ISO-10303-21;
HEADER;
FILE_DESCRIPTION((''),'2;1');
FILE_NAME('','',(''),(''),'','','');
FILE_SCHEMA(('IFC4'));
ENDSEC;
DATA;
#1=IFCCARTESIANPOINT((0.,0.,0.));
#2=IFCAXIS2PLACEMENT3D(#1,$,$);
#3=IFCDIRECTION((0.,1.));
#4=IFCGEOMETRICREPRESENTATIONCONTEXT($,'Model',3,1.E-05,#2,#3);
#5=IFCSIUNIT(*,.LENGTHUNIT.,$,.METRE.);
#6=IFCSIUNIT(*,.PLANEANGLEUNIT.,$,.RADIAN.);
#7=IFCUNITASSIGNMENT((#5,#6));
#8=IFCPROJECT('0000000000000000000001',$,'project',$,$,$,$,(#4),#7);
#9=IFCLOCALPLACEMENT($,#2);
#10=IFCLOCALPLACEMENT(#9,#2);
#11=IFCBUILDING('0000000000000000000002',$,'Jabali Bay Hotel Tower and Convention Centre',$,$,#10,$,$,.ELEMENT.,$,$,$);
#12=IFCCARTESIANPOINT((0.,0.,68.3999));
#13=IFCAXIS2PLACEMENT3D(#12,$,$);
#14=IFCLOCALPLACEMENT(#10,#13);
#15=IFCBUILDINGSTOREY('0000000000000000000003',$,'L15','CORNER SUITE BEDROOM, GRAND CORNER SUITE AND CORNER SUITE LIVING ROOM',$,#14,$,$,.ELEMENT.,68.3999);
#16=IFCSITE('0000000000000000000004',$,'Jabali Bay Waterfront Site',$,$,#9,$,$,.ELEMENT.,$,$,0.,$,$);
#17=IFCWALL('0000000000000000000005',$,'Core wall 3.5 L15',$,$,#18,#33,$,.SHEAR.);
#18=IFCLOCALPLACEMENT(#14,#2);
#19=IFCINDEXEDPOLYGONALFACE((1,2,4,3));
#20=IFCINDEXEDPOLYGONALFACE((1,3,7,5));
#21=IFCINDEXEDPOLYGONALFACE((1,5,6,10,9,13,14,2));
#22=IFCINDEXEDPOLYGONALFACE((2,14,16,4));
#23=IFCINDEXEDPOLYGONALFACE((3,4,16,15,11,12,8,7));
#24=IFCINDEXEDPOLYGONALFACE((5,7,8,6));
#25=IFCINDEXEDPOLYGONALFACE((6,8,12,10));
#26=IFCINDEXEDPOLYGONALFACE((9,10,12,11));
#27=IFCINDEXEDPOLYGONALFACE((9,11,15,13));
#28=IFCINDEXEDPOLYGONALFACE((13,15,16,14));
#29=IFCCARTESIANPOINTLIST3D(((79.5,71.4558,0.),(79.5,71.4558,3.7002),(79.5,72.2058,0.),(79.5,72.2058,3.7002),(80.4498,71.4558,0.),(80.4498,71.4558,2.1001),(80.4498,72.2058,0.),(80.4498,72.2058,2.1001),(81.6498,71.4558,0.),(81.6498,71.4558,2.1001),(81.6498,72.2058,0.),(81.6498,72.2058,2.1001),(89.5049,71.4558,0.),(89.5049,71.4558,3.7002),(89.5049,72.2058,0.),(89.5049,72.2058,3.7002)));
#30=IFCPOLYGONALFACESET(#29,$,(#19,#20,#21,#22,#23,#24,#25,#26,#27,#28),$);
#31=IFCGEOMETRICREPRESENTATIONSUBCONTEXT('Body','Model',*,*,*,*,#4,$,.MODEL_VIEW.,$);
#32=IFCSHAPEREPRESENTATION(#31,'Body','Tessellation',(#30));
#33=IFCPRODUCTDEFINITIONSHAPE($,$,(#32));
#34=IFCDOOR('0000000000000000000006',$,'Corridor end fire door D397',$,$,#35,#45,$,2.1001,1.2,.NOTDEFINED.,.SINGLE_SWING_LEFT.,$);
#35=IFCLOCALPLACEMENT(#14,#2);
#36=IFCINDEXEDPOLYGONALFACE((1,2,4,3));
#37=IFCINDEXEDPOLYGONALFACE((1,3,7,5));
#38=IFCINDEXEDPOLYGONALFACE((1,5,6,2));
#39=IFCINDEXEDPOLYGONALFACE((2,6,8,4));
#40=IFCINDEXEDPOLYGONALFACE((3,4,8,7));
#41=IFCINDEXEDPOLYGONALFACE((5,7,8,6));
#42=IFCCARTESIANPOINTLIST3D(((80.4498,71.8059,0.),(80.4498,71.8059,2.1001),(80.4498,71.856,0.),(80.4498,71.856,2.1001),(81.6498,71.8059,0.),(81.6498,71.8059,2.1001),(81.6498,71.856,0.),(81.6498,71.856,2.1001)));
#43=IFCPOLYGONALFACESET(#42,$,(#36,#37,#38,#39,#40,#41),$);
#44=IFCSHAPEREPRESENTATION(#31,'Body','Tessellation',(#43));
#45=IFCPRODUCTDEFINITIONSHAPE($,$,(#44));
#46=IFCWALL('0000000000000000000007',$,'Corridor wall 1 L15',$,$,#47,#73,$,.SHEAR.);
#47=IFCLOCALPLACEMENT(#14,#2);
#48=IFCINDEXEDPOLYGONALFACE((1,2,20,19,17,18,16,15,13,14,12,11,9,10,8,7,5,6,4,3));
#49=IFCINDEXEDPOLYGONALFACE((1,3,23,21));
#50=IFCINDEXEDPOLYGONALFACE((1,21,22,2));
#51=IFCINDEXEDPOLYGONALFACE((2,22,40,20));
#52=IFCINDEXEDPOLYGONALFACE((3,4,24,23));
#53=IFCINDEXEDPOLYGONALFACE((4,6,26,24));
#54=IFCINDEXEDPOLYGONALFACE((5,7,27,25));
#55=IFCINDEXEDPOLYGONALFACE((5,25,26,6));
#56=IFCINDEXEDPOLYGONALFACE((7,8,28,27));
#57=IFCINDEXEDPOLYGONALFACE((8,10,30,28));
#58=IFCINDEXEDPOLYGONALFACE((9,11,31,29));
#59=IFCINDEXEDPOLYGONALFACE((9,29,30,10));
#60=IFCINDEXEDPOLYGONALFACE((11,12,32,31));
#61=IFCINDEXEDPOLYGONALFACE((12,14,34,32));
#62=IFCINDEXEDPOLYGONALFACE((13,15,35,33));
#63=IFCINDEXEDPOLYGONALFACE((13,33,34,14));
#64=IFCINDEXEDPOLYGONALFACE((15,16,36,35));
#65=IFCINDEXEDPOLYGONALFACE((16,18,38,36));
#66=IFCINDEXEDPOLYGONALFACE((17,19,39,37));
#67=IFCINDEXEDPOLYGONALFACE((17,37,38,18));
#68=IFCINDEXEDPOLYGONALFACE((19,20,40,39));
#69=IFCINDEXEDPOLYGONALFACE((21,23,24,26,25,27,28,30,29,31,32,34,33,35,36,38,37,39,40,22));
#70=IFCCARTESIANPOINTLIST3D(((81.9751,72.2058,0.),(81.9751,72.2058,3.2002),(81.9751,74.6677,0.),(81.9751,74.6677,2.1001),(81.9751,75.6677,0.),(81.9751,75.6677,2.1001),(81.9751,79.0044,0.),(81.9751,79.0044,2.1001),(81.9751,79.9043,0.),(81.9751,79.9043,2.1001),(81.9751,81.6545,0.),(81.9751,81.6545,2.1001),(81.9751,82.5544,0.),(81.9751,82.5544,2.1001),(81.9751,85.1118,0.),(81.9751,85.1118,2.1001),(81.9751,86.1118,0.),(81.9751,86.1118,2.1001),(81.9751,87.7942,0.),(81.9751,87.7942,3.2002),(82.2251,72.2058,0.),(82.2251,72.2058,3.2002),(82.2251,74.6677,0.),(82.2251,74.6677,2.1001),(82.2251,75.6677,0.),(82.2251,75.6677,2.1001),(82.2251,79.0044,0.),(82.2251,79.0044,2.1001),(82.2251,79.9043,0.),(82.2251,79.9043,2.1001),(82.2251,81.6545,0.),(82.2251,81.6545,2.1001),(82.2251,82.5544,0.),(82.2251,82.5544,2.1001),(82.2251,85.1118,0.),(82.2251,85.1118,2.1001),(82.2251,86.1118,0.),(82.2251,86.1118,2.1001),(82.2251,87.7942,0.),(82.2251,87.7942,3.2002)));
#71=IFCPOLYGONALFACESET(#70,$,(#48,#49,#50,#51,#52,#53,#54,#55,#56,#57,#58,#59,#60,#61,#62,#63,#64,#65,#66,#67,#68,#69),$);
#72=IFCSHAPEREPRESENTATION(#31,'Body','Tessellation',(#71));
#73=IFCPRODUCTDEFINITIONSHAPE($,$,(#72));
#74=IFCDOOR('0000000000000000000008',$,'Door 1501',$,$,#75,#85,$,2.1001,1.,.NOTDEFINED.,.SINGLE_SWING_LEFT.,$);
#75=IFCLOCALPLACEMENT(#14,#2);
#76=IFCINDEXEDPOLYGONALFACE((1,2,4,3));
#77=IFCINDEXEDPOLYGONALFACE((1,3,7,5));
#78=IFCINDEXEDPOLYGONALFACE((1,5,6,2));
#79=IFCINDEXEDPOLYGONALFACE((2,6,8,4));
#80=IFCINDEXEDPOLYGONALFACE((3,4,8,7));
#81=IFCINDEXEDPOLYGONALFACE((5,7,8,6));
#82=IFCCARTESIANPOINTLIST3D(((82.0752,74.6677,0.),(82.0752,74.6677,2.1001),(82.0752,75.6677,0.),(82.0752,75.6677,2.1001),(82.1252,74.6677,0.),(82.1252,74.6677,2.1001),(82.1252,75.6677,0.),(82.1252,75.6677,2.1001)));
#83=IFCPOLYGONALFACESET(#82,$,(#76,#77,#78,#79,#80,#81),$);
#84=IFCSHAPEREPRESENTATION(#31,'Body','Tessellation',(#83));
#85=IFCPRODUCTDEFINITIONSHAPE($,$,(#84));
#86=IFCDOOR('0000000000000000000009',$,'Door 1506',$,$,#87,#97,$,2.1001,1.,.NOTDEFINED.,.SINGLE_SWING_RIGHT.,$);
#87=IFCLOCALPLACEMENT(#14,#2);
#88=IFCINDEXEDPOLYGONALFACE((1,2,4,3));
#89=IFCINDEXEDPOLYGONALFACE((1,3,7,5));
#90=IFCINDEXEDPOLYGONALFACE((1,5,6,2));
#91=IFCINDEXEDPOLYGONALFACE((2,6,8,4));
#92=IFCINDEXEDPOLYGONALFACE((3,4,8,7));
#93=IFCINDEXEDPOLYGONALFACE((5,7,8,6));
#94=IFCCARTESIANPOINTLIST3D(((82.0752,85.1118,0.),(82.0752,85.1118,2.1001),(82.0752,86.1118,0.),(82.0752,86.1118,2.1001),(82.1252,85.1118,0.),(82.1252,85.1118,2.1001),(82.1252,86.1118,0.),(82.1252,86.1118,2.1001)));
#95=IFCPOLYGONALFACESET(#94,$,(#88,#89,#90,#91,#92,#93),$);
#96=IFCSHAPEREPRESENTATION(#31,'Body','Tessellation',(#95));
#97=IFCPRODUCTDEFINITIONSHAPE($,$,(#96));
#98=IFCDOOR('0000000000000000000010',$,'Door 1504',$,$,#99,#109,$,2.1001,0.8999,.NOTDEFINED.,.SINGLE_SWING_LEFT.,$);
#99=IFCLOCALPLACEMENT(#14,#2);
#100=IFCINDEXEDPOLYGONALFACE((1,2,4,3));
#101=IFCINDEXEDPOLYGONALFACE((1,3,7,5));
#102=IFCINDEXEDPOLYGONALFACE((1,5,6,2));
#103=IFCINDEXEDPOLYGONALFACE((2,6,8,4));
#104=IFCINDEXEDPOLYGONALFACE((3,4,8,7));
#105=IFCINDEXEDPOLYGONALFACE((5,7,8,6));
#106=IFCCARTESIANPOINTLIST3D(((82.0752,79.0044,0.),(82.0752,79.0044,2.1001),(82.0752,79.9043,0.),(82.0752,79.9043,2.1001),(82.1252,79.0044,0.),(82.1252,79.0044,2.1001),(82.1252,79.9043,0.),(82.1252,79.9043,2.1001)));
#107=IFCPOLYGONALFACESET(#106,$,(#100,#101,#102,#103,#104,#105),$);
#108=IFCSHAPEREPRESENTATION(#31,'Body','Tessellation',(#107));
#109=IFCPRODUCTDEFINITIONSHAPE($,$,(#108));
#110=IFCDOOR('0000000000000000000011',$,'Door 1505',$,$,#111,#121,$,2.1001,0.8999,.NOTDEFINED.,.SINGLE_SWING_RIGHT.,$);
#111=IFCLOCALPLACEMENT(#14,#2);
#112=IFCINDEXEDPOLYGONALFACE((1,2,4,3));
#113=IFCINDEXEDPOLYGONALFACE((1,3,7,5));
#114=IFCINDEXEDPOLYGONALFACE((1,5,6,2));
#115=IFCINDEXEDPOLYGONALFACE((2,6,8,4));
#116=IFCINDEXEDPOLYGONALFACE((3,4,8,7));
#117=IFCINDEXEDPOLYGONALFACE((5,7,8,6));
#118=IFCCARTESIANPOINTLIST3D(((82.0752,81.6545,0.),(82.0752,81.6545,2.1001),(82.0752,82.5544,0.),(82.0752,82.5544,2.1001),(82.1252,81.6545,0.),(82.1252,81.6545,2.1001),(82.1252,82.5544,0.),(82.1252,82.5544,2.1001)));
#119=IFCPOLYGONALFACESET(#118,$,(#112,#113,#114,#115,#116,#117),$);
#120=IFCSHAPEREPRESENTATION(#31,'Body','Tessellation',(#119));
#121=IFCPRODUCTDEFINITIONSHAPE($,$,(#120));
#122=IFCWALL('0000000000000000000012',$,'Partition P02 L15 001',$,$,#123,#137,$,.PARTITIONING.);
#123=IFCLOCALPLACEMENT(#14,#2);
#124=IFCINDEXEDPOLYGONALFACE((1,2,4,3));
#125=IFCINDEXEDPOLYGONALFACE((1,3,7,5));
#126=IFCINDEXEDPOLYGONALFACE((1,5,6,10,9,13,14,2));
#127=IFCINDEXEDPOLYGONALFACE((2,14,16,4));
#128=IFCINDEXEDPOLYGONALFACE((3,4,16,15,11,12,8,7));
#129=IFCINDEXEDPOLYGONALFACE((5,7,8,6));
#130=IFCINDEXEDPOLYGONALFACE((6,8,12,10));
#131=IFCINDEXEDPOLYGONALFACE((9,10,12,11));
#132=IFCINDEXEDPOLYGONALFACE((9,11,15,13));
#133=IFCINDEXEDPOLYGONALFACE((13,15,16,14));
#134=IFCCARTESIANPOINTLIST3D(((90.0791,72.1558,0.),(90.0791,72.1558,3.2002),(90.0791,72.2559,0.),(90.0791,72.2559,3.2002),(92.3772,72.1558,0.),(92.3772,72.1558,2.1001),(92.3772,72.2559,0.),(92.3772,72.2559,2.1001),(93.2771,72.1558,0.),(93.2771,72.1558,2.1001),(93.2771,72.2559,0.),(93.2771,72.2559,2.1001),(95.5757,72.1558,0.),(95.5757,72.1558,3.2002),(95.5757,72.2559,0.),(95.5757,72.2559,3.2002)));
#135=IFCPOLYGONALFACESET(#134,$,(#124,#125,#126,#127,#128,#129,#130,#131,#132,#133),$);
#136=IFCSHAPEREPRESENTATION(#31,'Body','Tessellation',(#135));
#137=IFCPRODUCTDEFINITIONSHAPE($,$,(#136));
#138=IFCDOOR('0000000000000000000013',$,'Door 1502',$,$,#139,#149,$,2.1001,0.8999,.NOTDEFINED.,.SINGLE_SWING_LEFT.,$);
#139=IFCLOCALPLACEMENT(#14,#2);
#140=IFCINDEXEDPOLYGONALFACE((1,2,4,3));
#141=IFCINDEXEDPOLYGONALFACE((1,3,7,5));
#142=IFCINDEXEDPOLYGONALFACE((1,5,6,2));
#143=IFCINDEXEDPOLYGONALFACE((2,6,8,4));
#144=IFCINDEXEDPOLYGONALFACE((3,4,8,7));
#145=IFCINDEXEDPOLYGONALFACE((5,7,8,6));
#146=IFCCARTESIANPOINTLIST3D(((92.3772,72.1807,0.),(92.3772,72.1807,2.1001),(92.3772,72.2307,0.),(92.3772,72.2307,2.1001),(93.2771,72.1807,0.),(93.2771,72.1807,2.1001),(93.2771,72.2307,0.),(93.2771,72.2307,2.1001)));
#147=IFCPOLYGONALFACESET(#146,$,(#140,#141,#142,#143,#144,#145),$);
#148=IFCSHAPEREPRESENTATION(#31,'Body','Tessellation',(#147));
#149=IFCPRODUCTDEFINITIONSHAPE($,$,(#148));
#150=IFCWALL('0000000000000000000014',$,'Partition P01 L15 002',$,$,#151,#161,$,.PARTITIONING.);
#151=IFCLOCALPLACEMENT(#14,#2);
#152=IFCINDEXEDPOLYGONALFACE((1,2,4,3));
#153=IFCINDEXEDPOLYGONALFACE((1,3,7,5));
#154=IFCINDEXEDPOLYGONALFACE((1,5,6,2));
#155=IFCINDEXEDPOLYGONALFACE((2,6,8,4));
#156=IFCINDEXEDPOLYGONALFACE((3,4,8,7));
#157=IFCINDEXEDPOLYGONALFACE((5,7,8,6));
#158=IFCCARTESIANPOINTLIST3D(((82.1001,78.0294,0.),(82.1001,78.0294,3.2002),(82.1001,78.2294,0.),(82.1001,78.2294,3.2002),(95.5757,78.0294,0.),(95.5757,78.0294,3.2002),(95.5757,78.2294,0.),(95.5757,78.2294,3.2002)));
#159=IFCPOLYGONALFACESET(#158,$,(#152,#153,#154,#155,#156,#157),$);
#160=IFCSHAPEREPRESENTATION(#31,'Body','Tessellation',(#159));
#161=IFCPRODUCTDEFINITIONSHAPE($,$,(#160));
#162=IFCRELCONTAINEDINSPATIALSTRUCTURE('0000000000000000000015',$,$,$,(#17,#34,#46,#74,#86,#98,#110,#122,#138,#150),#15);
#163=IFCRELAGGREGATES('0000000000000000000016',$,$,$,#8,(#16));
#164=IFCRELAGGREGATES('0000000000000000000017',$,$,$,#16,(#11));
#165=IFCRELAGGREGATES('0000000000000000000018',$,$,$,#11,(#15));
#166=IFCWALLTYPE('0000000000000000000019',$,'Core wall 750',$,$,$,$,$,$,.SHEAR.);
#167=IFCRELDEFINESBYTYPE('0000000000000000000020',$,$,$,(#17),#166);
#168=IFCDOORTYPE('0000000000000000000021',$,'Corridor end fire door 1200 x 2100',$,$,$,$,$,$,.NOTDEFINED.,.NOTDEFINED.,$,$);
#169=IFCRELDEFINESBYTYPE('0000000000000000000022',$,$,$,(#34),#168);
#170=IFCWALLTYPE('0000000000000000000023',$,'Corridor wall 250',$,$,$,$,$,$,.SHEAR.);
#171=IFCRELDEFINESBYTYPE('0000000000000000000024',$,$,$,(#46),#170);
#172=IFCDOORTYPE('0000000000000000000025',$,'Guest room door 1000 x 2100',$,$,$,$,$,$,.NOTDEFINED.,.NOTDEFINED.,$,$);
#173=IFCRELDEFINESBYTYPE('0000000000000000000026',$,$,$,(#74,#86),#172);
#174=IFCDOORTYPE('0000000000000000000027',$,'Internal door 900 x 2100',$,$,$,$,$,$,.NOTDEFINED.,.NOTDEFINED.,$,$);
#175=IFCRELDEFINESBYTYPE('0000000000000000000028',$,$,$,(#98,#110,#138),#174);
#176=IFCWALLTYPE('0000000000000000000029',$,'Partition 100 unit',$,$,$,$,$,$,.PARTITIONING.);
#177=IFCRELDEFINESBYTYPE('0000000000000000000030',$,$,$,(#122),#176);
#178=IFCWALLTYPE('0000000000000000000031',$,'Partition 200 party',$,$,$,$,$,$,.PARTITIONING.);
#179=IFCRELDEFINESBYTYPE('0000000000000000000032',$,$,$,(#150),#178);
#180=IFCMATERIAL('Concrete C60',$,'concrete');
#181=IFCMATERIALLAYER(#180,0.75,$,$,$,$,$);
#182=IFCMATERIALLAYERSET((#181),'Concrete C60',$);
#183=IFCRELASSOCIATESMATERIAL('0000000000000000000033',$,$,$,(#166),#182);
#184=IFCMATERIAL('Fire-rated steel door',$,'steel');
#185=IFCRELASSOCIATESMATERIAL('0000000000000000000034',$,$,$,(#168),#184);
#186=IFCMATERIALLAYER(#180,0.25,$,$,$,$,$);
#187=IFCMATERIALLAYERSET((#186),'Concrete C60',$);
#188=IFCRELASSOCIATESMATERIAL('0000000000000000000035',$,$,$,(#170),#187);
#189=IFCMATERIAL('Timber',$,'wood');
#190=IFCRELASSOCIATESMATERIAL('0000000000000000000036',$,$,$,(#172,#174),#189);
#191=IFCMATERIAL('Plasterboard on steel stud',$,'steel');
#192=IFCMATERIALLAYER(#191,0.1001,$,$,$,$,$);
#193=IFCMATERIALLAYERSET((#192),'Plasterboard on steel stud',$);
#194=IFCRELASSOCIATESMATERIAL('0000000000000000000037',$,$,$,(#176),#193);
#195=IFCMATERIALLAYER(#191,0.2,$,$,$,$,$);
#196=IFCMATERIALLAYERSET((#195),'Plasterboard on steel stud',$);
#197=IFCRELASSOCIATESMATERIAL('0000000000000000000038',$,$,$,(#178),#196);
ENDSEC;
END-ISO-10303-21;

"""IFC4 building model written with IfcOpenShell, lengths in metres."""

from ifc_helpers import new_model, si_unit, direction, frame, frame_2d, origin, place, context, subcontext, project, spatial, rectangle, extrude, material, layer, layer_set, type_object, element, fill, save


model = new_model("IFC4")

# Units and contexts
model_context = context("Model", 3, precision=1e-05, world=origin(), true_north=direction((0.0, 1.0)))
body_context = subcontext(model_context, "Body", "Model", "MODEL_VIEW")
ifc_project = project(units=[si_unit("LENGTHUNIT", "METRE"), si_unit("PLANEANGLEUNIT", "RADIAN")], contexts=[model_context])

# Site, building, storey
site_placement = place(None, origin())
site = spatial("IfcSite", under=ifc_project, at=site_placement, Name="Jabali Bay Waterfront Site", CompositionType="ELEMENT", RefElevation=0.0)
building_placement = place(site_placement, origin())
building = spatial("IfcBuilding", under=site, at=building_placement, Name="Jabali Bay Hotel Tower and Convention Centre", CompositionType="ELEMENT")
storey_placement = place(building_placement, frame((0.0, 0.0, 68.3999)))
storey = spatial("IfcBuildingStorey", under=building, at=storey_placement, Name="L15", Description="CORNER SUITE BEDROOM, GRAND CORNER SUITE AND CORNER SUITE LIVING ROOM", CompositionType="ELEMENT", Elevation=68.3999)

# Shared definitions
ifc_material_1 = material(Name="Concrete C60", Category="concrete")

# Shared definitions
ifc_material_2 = material(Name="Fire-rated steel door", Category="steel")

# Wall, opening, door
ifc_layer_1 = layer(ifc_material_1, 0.75)
ifc_layer_set_1 = layer_set([ifc_layer_1], Name="Concrete C60")
wall_type_1 = type_object("IfcWallType", Name="Core wall 750", PredefinedType="SHEAR", material=ifc_layer_set_1)
door_type_1 = type_object("IfcDoorType", Name="Corridor end fire door 1200 x 2100", OperationType="NOTDEFINED", PredefinedType="NOTDEFINED", material=ifc_material_2)
wall_1_placement = place(storey_placement, frame((89.5049, 71.8308, 0.0), z_axis=(0.0, 0.0, 1.0), x_axis=(-1.0, 0.0, 0.0)))
wall_1 = element("IfcWall", 1, at=wall_1_placement, inside=storey, type_object=wall_type_1, Name="Core wall 3.5 L15", PredefinedType="SHEAR", context=body_context, shape_type="SweptSolid", body=[
    extrude(rectangle(XDim=10.0049, YDim=0.75, at=frame_2d((5.0024, 0.0))), origin(), (0.0, 0.0, 1.0), 3.7002),
])
opening_1_placement = place(wall_1_placement, frame((7.855, 0.0, 0.0)))
opening_1 = element("IfcOpeningElement", 2, at=opening_1_placement, cuts=wall_1, PredefinedType="OPENING", context=body_context, shape_type="SweptSolid", body=[
    extrude(rectangle(XDim=1.2, YDim=2.1001, at=frame_2d((0.6001, 1.05))), frame((0.0, 0.3855, 0.0), z_axis=(0.0, -1.0, 0.0), x_axis=(1.0, 0.0, 0.0)), (0.0, 0.0, 1.0), 0.771),
])
door_1_placement = place(opening_1_placement, origin())
door_1 = element("IfcDoor", 3, at=door_1_placement, inside=storey, type_object=door_type_1, Name="Corridor end fire door D397", OperationType="SINGLE_SWING_LEFT", OverallHeight=2.1001, OverallWidth=1.2, PredefinedType="NOTDEFINED", context=body_context, shape_type="SweptSolid", body=[
    extrude(rectangle(XDim=1.2, YDim=2.1001, at=frame_2d((0.6001, 1.05))), frame((0.0, 0.0249, 0.0), z_axis=(0.0, -1.0, 0.0), x_axis=(1.0, 0.0, 0.0)), (0.0, 0.0, 1.0), 0.05),
])
fill(opening_1, door_1)

# Wall, openings, doors
ifc_layer_2 = layer(ifc_material_1, 0.25)
ifc_layer_set_2 = layer_set([ifc_layer_2], Name="Concrete C60")
wall_type_2 = type_object("IfcWallType", Name="Corridor wall 250", PredefinedType="SHEAR", material=ifc_layer_set_2)
wall_2_placement = place(storey_placement, frame((82.1001, 72.2058, 0.0), z_axis=(0.0, 0.0, 1.0), x_axis=(0.0, 1.0, 0.0)))
wall_2 = element("IfcWall", 4, at=wall_2_placement, inside=storey, type_object=wall_type_2, Name="Corridor wall 1 L15", PredefinedType="SHEAR", context=body_context, shape_type="SweptSolid", body=[
    extrude(rectangle(XDim=15.5884, YDim=0.25, at=frame_2d((7.7942, 0.0))), origin(), (0.0, 0.0, 1.0), 3.2002),
])
opening_2_placement = place(wall_2_placement, frame((2.4619, 0.0, 0.0)))
opening_2 = element("IfcOpeningElement", 5, at=opening_2_placement, cuts=wall_2, PredefinedType="OPENING", context=body_context, shape_type="SweptSolid", body=[
    extrude(rectangle(XDim=1.0, YDim=2.1001, at=frame_2d((0.5, 1.05))), frame((0.0, 0.1355, 0.0), z_axis=(0.0, -1.0, 0.0), x_axis=(1.0, 0.0, 0.0)), (0.0, 0.0, 1.0), 0.271),
])
opening_3_placement = place(wall_2_placement, frame((6.7986, 0.0, 0.0)))
opening_3 = element("IfcOpeningElement", 6, at=opening_3_placement, cuts=wall_2, PredefinedType="OPENING", context=body_context, shape_type="SweptSolid", body=[
    extrude(rectangle(XDim=0.8999, YDim=2.1001, at=frame_2d((0.45, 1.05))), frame((0.0, 0.1355, 0.0), z_axis=(0.0, -1.0, 0.0), x_axis=(1.0, 0.0, 0.0)), (0.0, 0.0, 1.0), 0.271),
])
opening_4_placement = place(wall_2_placement, frame((9.4487, 0.0, 0.0)))
opening_4 = element("IfcOpeningElement", 7, at=opening_4_placement, cuts=wall_2, PredefinedType="OPENING", context=body_context, shape_type="SweptSolid", body=[
    extrude(rectangle(XDim=0.8999, YDim=2.1001, at=frame_2d((0.45, 1.05))), frame((0.0, 0.1355, 0.0), z_axis=(0.0, -1.0, 0.0), x_axis=(1.0, 0.0, 0.0)), (0.0, 0.0, 1.0), 0.271),
])
opening_5_placement = place(wall_2_placement, frame((12.906, 0.0, 0.0)))
opening_5 = element("IfcOpeningElement", 8, at=opening_5_placement, cuts=wall_2, PredefinedType="OPENING", context=body_context, shape_type="SweptSolid", body=[
    extrude(rectangle(XDim=1.0, YDim=2.1001, at=frame_2d((0.5, 1.05))), frame((0.0, 0.1355, 0.0), z_axis=(0.0, -1.0, 0.0), x_axis=(1.0, 0.0, 0.0)), (0.0, 0.0, 1.0), 0.271),
])
ifc_material_3 = material(Name="Timber", Category="wood")
door_type_2 = type_object("IfcDoorType", Name="Guest room door 1000 x 2100", OperationType="NOTDEFINED", PredefinedType="NOTDEFINED", material=ifc_material_3)
door_2_placement = place(opening_2_placement, origin())
door_2 = element("IfcDoor", 9, at=door_2_placement, inside=storey, type_object=door_type_2, Name="Door 1501", OperationType="SINGLE_SWING_LEFT", OverallHeight=2.1001, OverallWidth=1.0, PredefinedType="NOTDEFINED", context=body_context, shape_type="SweptSolid", body=[
    extrude(rectangle(XDim=1.0, YDim=2.1001, at=frame_2d((0.5, 1.05))), frame((0.0, 0.0249, 0.0), z_axis=(0.0, -1.0, 0.0), x_axis=(1.0, 0.0, 0.0)), (0.0, 0.0, 1.0), 0.05),
])
fill(opening_2, door_2)
door_3_placement = place(opening_5_placement, origin())
door_3 = element("IfcDoor", 10, at=door_3_placement, inside=storey, type_object=door_type_2, Name="Door 1506", OperationType="SINGLE_SWING_RIGHT", OverallHeight=2.1001, OverallWidth=1.0, PredefinedType="NOTDEFINED", context=body_context, shape_type="SweptSolid", body=[
    extrude(rectangle(XDim=1.0, YDim=2.1001, at=frame_2d((0.5, 1.05))), frame((0.0, 0.0249, 0.0), z_axis=(0.0, -1.0, 0.0), x_axis=(1.0, 0.0, 0.0)), (0.0, 0.0, 1.0), 0.05),
])
fill(opening_5, door_3)
door_type_3 = type_object("IfcDoorType", Name="Internal door 900 x 2100", OperationType="NOTDEFINED", PredefinedType="NOTDEFINED", material=ifc_material_3)
door_4_placement = place(opening_3_placement, origin())
door_4 = element("IfcDoor", 11, at=door_4_placement, inside=storey, type_object=door_type_3, Name="Door 1504", OperationType="SINGLE_SWING_LEFT", OverallHeight=2.1001, OverallWidth=0.8999, PredefinedType="NOTDEFINED", context=body_context, shape_type="SweptSolid", body=[
    extrude(rectangle(XDim=0.8999, YDim=2.1001, at=frame_2d((0.45, 1.05))), frame((0.0, 0.0249, 0.0), z_axis=(0.0, -1.0, 0.0), x_axis=(1.0, 0.0, 0.0)), (0.0, 0.0, 1.0), 0.05),
])
fill(opening_3, door_4)
door_5_placement = place(opening_4_placement, origin())
door_5 = element("IfcDoor", 12, at=door_5_placement, inside=storey, type_object=door_type_3, Name="Door 1505", OperationType="SINGLE_SWING_RIGHT", OverallHeight=2.1001, OverallWidth=0.8999, PredefinedType="NOTDEFINED", context=body_context, shape_type="SweptSolid", body=[
    extrude(rectangle(XDim=0.8999, YDim=2.1001, at=frame_2d((0.45, 1.05))), frame((0.0, 0.0249, 0.0), z_axis=(0.0, -1.0, 0.0), x_axis=(1.0, 0.0, 0.0)), (0.0, 0.0, 1.0), 0.05),
])
fill(opening_4, door_5)

# Wall, opening, door
ifc_material_4 = material(Name="Plasterboard on steel stud", Category="steel")
ifc_layer_3 = layer(ifc_material_4, 0.1001)
ifc_layer_set_3 = layer_set([ifc_layer_3], Name="Plasterboard on steel stud")
wall_type_3 = type_object("IfcWallType", Name="Partition 100 unit", PredefinedType="PARTITIONING", material=ifc_layer_set_3)
wall_3_placement = place(storey_placement, frame((90.0791, 72.2058, 0.0), z_axis=(0.0, 0.0, 1.0), x_axis=(1.0, 0.0, 0.0)))
wall_3 = element("IfcWall", 13, at=wall_3_placement, inside=storey, type_object=wall_type_3, Name="Partition P02 L15 001", PredefinedType="PARTITIONING", context=body_context, shape_type="SweptSolid", body=[
    extrude(rectangle(XDim=5.4966, YDim=0.1001, at=frame_2d((2.7483, 0.0))), origin(), (0.0, 0.0, 1.0), 3.2002),
])
opening_6_placement = place(wall_3_placement, frame((2.2981, 0.0, 0.0)))
opening_6 = element("IfcOpeningElement", 14, at=opening_6_placement, cuts=wall_3, PredefinedType="OPENING", context=body_context, shape_type="SweptSolid", body=[
    extrude(rectangle(XDim=0.8999, YDim=2.1001, at=frame_2d((0.45, 1.05))), frame((0.0, 0.0605, 0.0), z_axis=(0.0, -1.0, 0.0), x_axis=(1.0, 0.0, 0.0)), (0.0, 0.0, 1.0), 0.1211),
])
door_6_placement = place(opening_6_placement, origin())
door_6 = element("IfcDoor", 15, at=door_6_placement, inside=storey, type_object=door_type_3, Name="Door 1502", OperationType="SINGLE_SWING_LEFT", OverallHeight=2.1001, OverallWidth=0.8999, PredefinedType="NOTDEFINED", context=body_context, shape_type="SweptSolid", body=[
    extrude(rectangle(XDim=0.8999, YDim=2.1001, at=frame_2d((0.45, 1.05))), frame((0.0, 0.0249, 0.0), z_axis=(0.0, -1.0, 0.0), x_axis=(1.0, 0.0, 0.0)), (0.0, 0.0, 1.0), 0.05),
])
fill(opening_6, door_6)

# Wall
ifc_layer_4 = layer(ifc_material_4, 0.2)
ifc_layer_set_4 = layer_set([ifc_layer_4], Name="Plasterboard on steel stud")
wall_type_4 = type_object("IfcWallType", Name="Partition 200 party", PredefinedType="PARTITIONING", material=ifc_layer_set_4)
wall_4_placement = place(storey_placement, frame((95.5757, 78.1294, 0.0), z_axis=(0.0, 0.0, 1.0), x_axis=(-1.0, 0.0, 0.0)))
element("IfcWall", 16, at=wall_4_placement, inside=storey, type_object=wall_type_4, Name="Partition P01 L15 002", PredefinedType="PARTITIONING", context=body_context, shape_type="SweptSolid", body=[
    extrude(rectangle(XDim=13.4756, YDim=0.2, at=frame_2d((6.7378, 0.0))), origin(), (0.0, 0.0, 1.0), 3.2002),
])

save(model, "model.ifc")
